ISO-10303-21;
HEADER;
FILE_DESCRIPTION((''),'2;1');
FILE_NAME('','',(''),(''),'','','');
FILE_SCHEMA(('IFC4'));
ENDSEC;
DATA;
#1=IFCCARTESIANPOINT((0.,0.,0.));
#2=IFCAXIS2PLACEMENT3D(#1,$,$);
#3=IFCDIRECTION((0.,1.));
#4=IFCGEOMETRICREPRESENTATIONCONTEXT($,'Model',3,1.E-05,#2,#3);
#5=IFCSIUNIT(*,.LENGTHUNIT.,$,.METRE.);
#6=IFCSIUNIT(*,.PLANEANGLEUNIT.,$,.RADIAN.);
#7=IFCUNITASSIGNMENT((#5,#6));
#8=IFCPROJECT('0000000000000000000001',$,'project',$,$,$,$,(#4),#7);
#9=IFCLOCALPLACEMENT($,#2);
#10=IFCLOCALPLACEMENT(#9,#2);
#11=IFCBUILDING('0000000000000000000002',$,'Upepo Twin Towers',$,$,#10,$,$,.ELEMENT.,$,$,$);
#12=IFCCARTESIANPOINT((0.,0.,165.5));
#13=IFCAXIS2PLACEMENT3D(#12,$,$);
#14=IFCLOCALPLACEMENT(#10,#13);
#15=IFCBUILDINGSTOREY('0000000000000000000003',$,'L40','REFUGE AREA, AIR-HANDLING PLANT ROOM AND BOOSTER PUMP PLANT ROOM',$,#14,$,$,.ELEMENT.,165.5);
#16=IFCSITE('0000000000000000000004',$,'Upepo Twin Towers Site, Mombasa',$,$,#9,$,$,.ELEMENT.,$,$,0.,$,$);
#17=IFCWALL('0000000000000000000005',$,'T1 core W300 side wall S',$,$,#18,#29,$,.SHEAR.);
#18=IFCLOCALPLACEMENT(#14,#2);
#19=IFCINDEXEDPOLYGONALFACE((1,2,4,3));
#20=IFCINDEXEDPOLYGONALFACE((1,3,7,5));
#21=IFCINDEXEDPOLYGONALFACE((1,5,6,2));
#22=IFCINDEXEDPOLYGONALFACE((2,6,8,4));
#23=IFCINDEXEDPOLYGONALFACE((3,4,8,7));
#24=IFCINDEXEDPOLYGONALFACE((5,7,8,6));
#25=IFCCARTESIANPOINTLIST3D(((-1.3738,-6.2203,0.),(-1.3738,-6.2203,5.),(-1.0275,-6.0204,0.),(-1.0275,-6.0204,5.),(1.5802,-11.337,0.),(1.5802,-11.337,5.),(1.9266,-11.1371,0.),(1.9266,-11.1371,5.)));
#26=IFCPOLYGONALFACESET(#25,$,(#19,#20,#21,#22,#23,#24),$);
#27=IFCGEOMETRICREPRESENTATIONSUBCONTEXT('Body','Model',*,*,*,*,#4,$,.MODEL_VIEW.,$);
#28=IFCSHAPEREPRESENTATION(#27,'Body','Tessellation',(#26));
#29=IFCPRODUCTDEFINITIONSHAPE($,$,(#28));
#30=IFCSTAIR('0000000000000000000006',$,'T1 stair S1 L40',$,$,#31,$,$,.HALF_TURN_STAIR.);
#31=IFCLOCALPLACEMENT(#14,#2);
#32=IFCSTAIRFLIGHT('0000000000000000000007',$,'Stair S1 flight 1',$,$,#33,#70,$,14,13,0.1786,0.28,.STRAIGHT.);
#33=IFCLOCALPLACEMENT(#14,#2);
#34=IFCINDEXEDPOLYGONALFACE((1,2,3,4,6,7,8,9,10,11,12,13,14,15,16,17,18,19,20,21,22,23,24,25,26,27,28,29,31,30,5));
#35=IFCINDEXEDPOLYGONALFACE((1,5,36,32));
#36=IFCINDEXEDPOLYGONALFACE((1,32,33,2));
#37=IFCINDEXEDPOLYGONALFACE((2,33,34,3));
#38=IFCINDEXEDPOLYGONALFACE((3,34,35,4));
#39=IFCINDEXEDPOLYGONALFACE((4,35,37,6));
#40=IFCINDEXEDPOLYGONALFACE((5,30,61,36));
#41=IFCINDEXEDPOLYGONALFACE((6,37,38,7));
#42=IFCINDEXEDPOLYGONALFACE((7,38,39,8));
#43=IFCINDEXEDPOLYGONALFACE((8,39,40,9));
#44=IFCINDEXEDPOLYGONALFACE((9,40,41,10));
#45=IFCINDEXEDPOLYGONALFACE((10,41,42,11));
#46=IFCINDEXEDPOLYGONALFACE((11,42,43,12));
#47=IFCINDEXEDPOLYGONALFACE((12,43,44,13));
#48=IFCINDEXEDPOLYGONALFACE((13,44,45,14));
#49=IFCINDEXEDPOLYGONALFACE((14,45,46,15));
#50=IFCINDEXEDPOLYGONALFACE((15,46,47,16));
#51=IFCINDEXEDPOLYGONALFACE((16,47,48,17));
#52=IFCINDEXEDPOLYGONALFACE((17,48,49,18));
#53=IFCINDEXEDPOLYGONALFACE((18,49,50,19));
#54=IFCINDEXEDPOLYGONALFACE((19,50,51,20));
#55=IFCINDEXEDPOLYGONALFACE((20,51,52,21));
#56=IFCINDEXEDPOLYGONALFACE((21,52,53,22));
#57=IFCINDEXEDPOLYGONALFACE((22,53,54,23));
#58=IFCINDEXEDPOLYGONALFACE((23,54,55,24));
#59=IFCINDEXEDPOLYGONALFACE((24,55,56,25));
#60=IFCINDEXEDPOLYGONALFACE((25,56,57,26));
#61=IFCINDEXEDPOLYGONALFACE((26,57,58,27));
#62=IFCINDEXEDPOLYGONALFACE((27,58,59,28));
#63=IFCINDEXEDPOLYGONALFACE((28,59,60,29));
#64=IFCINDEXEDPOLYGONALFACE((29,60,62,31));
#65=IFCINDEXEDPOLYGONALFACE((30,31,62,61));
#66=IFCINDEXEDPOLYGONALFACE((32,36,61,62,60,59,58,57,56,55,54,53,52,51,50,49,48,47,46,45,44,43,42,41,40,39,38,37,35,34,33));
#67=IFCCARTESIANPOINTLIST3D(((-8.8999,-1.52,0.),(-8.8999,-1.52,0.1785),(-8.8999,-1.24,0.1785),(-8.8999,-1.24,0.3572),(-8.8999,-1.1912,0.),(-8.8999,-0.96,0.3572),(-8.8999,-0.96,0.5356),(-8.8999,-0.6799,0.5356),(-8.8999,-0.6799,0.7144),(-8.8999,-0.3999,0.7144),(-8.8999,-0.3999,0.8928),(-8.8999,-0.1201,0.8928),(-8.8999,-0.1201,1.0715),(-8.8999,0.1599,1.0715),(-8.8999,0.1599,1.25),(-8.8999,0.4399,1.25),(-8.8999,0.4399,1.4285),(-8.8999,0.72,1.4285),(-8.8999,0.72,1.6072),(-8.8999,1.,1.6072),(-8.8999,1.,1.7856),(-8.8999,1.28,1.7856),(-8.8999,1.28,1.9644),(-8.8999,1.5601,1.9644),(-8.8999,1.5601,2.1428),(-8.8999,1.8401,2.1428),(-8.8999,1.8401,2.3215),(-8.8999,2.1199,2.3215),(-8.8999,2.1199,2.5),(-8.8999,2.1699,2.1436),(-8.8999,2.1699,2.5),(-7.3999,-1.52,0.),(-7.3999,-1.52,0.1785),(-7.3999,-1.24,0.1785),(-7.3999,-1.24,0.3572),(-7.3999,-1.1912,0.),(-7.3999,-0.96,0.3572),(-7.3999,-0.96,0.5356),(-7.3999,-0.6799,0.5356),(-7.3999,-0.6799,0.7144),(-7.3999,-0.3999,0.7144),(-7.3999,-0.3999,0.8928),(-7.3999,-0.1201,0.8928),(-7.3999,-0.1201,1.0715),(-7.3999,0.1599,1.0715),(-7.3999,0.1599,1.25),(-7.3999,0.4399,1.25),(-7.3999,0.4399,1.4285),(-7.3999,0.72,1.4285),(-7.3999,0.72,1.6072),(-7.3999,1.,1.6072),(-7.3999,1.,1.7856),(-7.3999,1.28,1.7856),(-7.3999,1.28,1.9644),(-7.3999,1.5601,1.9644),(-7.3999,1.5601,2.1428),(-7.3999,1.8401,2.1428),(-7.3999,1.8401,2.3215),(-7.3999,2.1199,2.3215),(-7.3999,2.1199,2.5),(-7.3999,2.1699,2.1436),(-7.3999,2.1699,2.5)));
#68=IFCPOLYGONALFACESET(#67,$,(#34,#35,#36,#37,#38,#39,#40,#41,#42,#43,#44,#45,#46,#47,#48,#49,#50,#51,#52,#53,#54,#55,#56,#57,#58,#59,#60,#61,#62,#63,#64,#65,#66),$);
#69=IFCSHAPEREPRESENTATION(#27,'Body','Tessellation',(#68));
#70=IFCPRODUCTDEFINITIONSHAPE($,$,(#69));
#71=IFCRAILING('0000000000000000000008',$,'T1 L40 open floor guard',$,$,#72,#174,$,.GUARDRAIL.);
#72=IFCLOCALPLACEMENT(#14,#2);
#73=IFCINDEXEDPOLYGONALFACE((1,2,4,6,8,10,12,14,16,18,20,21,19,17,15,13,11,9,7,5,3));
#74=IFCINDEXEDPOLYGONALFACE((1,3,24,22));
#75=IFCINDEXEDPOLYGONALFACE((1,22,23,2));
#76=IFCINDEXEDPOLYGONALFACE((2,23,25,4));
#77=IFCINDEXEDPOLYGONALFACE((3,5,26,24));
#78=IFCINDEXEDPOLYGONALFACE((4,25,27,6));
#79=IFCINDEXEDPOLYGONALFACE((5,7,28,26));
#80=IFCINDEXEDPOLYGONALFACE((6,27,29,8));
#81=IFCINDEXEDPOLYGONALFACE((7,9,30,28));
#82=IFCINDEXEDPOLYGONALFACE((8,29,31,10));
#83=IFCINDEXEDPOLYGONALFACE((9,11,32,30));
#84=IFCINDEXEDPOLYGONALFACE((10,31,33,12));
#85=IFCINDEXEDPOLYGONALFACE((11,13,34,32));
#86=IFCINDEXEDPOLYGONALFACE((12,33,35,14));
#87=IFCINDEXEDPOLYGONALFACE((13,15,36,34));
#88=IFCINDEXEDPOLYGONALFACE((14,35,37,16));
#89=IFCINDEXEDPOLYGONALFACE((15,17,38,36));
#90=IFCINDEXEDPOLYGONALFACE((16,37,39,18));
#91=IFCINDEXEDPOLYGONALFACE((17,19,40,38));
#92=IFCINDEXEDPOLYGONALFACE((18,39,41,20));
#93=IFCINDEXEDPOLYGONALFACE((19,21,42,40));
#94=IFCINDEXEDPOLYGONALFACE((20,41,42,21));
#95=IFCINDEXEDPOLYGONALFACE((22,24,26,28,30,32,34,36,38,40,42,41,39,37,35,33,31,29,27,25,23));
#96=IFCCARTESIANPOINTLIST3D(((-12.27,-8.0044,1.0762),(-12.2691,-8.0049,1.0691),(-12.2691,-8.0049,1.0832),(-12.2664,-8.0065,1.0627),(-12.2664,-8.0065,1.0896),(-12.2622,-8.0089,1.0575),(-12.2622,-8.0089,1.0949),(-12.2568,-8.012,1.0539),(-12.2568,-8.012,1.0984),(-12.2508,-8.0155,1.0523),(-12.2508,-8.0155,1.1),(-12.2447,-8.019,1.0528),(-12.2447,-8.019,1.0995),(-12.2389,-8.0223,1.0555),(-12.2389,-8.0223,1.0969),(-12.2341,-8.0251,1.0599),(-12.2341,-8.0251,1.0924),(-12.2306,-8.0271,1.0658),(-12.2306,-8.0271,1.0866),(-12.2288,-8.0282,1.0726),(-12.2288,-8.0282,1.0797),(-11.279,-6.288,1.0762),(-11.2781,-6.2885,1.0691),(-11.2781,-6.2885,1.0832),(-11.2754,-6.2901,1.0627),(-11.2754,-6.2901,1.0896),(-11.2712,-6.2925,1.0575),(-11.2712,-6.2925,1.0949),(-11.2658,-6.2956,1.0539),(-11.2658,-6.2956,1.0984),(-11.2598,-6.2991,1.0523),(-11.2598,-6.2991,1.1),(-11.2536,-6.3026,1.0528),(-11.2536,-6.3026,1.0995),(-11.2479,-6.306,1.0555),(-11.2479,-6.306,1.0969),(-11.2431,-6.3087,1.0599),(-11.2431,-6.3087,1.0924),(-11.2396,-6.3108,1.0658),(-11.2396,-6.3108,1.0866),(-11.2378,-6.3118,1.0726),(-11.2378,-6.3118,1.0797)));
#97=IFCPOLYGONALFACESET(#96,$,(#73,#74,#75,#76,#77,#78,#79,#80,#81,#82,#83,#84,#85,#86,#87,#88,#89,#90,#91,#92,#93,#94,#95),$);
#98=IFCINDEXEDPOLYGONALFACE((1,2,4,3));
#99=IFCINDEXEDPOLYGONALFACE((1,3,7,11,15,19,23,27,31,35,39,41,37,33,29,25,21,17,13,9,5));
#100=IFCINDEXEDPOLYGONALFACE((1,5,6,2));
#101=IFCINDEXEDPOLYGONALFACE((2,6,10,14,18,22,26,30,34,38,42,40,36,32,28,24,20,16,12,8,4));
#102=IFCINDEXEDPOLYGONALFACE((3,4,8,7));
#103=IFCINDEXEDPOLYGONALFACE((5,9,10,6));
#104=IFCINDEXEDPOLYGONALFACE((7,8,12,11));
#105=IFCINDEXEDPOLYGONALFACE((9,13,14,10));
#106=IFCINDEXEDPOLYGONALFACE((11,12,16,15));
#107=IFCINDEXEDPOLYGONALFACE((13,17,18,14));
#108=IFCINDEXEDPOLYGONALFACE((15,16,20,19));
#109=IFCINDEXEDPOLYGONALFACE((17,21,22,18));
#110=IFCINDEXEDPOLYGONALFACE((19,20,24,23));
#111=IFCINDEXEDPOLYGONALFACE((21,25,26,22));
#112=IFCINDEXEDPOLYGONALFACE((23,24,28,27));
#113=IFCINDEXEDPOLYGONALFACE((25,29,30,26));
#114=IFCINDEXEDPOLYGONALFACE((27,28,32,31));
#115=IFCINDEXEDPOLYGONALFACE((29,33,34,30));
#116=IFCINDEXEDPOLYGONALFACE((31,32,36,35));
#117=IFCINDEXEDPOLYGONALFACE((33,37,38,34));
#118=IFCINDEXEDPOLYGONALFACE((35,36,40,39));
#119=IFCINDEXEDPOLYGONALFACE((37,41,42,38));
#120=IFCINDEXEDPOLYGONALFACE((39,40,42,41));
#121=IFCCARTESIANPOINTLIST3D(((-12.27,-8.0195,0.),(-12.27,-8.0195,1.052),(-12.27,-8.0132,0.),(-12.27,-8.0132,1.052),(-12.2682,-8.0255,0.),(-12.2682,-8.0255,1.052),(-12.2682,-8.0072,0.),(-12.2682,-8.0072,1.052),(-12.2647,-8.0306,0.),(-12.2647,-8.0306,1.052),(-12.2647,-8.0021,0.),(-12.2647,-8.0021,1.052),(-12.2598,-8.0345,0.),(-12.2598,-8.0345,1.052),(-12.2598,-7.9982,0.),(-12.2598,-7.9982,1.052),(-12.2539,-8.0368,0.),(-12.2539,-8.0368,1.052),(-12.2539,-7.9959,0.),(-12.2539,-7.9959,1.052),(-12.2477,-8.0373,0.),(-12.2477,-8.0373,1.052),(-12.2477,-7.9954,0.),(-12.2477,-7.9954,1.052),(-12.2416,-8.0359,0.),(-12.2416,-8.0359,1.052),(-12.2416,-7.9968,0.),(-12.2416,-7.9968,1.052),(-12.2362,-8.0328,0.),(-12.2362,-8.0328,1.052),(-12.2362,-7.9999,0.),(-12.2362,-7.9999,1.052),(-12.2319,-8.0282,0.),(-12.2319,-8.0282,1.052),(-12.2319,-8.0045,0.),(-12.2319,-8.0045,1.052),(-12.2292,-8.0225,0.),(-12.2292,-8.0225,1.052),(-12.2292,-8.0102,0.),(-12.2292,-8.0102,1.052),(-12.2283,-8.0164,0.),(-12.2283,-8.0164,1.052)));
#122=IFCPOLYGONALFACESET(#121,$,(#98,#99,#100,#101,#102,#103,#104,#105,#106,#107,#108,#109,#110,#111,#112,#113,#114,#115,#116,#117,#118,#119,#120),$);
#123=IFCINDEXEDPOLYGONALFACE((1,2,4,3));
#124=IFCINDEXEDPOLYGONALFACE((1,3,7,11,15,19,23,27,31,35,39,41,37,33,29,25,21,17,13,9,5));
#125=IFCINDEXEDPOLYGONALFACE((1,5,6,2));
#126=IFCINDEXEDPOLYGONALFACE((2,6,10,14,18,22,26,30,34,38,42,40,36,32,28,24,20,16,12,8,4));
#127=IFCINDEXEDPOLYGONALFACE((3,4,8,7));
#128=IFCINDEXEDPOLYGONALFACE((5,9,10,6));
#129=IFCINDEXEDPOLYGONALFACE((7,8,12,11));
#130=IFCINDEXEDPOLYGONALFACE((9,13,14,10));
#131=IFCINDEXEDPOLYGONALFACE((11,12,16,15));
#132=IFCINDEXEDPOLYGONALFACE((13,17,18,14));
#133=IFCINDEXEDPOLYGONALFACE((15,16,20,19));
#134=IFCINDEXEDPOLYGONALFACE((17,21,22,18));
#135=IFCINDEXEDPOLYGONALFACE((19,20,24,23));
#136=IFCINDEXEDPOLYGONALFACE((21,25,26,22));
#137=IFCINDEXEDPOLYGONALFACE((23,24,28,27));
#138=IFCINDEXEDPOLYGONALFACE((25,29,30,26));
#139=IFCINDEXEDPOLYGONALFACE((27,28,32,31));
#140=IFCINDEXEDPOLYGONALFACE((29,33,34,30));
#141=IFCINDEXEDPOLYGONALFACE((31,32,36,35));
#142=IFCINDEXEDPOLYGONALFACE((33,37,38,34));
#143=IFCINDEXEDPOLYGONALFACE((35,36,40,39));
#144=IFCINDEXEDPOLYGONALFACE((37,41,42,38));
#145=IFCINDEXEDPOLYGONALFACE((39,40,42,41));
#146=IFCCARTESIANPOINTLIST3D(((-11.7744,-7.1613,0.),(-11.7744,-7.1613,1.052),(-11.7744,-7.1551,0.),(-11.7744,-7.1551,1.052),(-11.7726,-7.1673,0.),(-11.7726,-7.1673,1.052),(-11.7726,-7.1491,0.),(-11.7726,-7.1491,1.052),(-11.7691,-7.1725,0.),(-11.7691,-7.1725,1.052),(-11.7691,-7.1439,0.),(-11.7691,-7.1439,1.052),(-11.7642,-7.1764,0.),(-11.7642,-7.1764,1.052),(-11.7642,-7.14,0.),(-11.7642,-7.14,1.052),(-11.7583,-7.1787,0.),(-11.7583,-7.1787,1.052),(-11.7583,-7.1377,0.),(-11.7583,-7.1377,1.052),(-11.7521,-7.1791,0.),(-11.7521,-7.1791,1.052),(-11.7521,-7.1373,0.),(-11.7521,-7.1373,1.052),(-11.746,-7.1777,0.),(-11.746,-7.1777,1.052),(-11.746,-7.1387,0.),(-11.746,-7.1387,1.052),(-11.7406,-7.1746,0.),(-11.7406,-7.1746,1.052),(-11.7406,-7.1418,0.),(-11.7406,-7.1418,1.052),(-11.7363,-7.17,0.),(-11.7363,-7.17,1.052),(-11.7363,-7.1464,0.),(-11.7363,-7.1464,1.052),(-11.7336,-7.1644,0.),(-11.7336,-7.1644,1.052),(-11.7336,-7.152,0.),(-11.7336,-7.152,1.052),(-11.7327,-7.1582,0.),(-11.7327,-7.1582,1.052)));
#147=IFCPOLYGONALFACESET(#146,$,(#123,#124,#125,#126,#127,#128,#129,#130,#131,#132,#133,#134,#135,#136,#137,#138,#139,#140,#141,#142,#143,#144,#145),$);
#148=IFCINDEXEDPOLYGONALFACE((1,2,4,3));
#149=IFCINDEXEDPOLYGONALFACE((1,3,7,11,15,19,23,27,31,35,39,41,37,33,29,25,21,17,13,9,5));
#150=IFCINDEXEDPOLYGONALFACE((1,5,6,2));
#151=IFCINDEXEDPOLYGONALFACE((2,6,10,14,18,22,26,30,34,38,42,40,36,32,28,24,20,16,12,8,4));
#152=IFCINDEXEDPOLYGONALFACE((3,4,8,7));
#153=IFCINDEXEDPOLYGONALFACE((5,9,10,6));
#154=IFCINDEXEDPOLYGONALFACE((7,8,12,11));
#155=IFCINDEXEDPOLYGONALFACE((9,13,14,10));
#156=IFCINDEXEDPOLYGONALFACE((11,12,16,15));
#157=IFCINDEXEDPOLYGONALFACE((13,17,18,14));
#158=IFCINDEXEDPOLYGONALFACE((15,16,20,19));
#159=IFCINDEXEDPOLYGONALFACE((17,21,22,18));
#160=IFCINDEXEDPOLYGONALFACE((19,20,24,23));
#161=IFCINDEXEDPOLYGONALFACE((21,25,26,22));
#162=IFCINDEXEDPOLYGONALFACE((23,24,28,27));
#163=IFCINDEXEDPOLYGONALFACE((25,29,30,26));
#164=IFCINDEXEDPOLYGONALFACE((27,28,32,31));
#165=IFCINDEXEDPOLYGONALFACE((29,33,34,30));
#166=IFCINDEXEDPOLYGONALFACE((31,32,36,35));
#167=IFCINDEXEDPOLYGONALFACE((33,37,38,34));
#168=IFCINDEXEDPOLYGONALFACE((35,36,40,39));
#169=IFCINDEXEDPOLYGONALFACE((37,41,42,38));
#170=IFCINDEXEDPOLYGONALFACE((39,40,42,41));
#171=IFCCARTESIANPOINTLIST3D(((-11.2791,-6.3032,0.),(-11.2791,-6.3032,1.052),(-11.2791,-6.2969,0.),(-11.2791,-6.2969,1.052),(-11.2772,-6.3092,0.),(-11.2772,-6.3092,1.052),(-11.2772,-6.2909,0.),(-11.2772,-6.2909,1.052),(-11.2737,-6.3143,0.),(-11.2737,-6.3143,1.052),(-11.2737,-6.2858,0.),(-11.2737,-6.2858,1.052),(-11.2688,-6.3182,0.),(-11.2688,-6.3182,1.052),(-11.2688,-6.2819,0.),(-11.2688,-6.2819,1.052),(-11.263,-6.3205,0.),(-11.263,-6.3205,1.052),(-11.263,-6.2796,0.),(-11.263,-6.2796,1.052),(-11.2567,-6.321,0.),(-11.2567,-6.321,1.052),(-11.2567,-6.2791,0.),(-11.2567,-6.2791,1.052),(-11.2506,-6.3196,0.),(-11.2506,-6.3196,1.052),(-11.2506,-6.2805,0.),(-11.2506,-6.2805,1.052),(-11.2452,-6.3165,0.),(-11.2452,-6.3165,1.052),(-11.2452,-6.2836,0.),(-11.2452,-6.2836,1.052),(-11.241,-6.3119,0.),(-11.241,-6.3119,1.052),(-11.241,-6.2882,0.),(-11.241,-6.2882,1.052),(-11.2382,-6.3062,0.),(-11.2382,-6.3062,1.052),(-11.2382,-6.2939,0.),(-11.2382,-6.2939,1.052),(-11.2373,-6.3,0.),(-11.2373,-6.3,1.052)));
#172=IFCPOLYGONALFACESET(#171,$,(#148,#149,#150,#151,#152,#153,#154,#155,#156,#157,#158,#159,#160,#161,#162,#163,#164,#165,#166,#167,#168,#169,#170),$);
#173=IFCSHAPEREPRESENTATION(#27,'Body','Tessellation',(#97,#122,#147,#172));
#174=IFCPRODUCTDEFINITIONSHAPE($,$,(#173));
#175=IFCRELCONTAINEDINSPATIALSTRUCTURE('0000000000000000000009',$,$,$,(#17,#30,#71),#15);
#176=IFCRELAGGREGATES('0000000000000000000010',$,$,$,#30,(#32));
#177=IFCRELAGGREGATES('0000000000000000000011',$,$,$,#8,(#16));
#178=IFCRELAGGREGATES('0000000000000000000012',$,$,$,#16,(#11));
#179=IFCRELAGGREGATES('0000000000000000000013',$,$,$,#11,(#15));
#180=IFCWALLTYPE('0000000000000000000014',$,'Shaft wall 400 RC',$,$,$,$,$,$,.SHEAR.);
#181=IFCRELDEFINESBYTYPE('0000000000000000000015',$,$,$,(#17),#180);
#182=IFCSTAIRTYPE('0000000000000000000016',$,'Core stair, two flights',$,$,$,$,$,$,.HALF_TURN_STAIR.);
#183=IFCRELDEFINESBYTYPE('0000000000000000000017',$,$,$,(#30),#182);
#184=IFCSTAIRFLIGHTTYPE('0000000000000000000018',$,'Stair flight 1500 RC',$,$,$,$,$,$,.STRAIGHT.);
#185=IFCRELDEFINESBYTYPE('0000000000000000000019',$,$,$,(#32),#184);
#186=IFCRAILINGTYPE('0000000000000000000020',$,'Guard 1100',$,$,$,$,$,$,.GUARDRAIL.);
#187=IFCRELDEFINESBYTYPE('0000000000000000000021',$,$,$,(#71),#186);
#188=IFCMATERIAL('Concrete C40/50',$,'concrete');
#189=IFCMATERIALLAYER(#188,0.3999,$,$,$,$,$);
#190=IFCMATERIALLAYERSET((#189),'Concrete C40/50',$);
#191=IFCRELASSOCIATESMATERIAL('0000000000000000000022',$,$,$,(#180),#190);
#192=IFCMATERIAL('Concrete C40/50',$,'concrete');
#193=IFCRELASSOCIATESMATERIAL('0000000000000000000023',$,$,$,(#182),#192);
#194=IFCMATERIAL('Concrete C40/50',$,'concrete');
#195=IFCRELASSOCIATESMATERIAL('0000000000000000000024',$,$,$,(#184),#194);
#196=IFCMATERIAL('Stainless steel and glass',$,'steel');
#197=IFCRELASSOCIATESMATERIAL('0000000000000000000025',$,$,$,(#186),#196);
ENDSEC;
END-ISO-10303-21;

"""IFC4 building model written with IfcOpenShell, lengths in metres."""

from ifc_helpers import new_model, si_unit, direction, frame, frame_2d, origin, origin_2d, place, context, subcontext, project, spatial, polyline, rectangle, circle, outline, extrude, material, layer, layer_set, type_object, element, aggregate, save


model = new_model("IFC4")

# Units and contexts
model_context = context("Model", 3, precision=1e-05, world=origin(), true_north=direction((0.0, 1.0)))
body_context = subcontext(model_context, "Body", "Model", "MODEL_VIEW")
ifc_project = project(units=[si_unit("LENGTHUNIT", "METRE"), si_unit("PLANEANGLEUNIT", "RADIAN")], contexts=[model_context])

# Site, building, storey
site_placement = place(None, origin())
site = spatial("IfcSite", under=ifc_project, at=site_placement, Name="Upepo Twin Towers Site, Mombasa", CompositionType="ELEMENT", RefElevation=0.0)
building_placement = place(site_placement, origin())
building = spatial("IfcBuilding", under=site, at=building_placement, Name="Upepo Twin Towers", CompositionType="ELEMENT")
storey_placement = place(building_placement, frame((0.0, 0.0, 165.5)))
storey = spatial("IfcBuildingStorey", under=building, at=storey_placement, Name="L40", Description="REFUGE AREA, AIR-HANDLING PLANT ROOM AND BOOSTER PUMP PLANT ROOM", CompositionType="ELEMENT", Elevation=165.5)

# Wall
ifc_material_1 = material(Name="Concrete C40/50", Category="concrete")
ifc_layer_1 = layer(ifc_material_1, 0.3999)
ifc_layer_set_1 = layer_set([ifc_layer_1], Name="Concrete C40/50")
wall_type_1 = type_object("IfcWallType", Name="Shaft wall 400 RC", PredefinedType="SHEAR", material=ifc_layer_set_1)
wall_1_placement = place(storey_placement, frame((-1.2007, -6.1204, 0.0), z_axis=(0.0, 0.0, 1.0), x_axis=(0.499997, -0.866027, 0.0)))
element("IfcWall", 1, at=wall_1_placement, inside=storey, type_object=wall_type_1, Name="T1 core W300 side wall S", PredefinedType="SHEAR", context=body_context, shape_type="SweptSolid", body=[
    extrude(rectangle(XDim=5.9082, YDim=0.3999, at=frame_2d((2.9541, 0.0))), origin(), (0.0, 0.0, 1.0), 5.0),
])

# Stair, stair flight
ifc_material_2 = material(Name="Concrete C40/50", Category="concrete")
stair_type = type_object("IfcStairType", Name="Core stair, two flights", PredefinedType="HALF_TURN_STAIR", material=ifc_material_2)
stair_placement = place(storey_placement, origin())
stair = element("IfcStair", 2, at=stair_placement, inside=storey, type_object=stair_type, Name="T1 stair S1 L40", PredefinedType="HALF_TURN_STAIR")
ifc_material_3 = material(Name="Concrete C40/50", Category="concrete")
stair_flight_type = type_object("IfcStairFlightType", Name="Stair flight 1500 RC", PredefinedType="STRAIGHT", material=ifc_material_3)
stair_flight_placement = place(storey_placement, frame((-8.1499, -1.52, 0.0), z_axis=(0.0, 0.0, 1.0), x_axis=(0.0, 1.0, 0.0)))
stair_flight = element("IfcStairFlight", 3, at=stair_flight_placement, type_object=stair_flight_type, Name="Stair S1 flight 1", NumberOfRisers=14, NumberOfTreads=13, PredefinedType="STRAIGHT", RiserHeight=0.1786, TreadLength=0.28, context=body_context, shape_type="SweptSolid", body=[
    extrude(outline(polyline([(0.0, 0.0), (0.0, 0.1785), (0.28, 0.1785), (0.28, 0.3572), (0.5601, 0.3572), (0.5601, 0.5356), (0.8401, 0.5356), (0.8401, 0.7144), (1.1201, 0.7144), (1.1201, 0.8928), (1.3999, 0.8928), (1.3999, 1.0715), (1.6799, 1.0715), (1.6799, 1.25), (1.96, 1.25), (1.96, 1.4285), (2.24, 1.4285), (2.24, 1.6072), (2.52, 1.6072), (2.52, 1.7856), (2.8, 1.7856), (2.8, 1.9644), (3.0801, 1.9644), (3.0801, 2.1428), (3.3601, 2.1428), (3.3601, 2.3215), (3.6399, 2.3215), (3.6399, 2.5), (3.6899, 2.5), (3.6899, 2.1436), (0.3289, 0.0), (0.0, 0.0)])), frame((0.0, 0.75, 0.0), z_axis=(0.0, -1.0, 0.0), x_axis=(1.0, 0.0, 0.0)), (0.0, 0.0, 1.0), 1.5),
])
aggregate(stair, [stair_flight])

# Railing
ifc_material_4 = material(Name="Stainless steel and glass", Category="steel")
railing_type_1 = type_object("IfcRailingType", Name="Guard 1100", PredefinedType="GUARDRAIL", material=ifc_material_4)
railing_1_placement = place(storey_placement, frame((-12.2493, -8.0164, 0.0)))
element("IfcRailing", 4, at=railing_1_placement, inside=storey, type_object=railing_type_1, Name="T1 L40 open floor guard", PredefinedType="GUARDRAIL", context=body_context, shape_type="SweptSolid", body=[
    extrude(circle(Radius=0.0239, at=origin_2d()), frame((0.0, 0.0, 1.0762), z_axis=(0.500021, 0.866013, 0.0), x_axis=(-0.866013, 0.500021, 0.0)), (0.0, 0.0, 1.0), 1.9819),
    extrude(circle(Radius=0.021, at=origin_2d()), origin(), (0.0, 0.0, 1.0), 1.052),
    extrude(circle(Radius=0.021, at=origin_2d()), frame((0.4956, 0.8582, 0.0)), (0.0, 0.0, 1.0), 1.052),
    extrude(circle(Radius=0.021, at=origin_2d()), frame((0.991, 1.7163, 0.0)), (0.0, 0.0, 1.0), 1.052),
])

save(model, "model.ifc")
